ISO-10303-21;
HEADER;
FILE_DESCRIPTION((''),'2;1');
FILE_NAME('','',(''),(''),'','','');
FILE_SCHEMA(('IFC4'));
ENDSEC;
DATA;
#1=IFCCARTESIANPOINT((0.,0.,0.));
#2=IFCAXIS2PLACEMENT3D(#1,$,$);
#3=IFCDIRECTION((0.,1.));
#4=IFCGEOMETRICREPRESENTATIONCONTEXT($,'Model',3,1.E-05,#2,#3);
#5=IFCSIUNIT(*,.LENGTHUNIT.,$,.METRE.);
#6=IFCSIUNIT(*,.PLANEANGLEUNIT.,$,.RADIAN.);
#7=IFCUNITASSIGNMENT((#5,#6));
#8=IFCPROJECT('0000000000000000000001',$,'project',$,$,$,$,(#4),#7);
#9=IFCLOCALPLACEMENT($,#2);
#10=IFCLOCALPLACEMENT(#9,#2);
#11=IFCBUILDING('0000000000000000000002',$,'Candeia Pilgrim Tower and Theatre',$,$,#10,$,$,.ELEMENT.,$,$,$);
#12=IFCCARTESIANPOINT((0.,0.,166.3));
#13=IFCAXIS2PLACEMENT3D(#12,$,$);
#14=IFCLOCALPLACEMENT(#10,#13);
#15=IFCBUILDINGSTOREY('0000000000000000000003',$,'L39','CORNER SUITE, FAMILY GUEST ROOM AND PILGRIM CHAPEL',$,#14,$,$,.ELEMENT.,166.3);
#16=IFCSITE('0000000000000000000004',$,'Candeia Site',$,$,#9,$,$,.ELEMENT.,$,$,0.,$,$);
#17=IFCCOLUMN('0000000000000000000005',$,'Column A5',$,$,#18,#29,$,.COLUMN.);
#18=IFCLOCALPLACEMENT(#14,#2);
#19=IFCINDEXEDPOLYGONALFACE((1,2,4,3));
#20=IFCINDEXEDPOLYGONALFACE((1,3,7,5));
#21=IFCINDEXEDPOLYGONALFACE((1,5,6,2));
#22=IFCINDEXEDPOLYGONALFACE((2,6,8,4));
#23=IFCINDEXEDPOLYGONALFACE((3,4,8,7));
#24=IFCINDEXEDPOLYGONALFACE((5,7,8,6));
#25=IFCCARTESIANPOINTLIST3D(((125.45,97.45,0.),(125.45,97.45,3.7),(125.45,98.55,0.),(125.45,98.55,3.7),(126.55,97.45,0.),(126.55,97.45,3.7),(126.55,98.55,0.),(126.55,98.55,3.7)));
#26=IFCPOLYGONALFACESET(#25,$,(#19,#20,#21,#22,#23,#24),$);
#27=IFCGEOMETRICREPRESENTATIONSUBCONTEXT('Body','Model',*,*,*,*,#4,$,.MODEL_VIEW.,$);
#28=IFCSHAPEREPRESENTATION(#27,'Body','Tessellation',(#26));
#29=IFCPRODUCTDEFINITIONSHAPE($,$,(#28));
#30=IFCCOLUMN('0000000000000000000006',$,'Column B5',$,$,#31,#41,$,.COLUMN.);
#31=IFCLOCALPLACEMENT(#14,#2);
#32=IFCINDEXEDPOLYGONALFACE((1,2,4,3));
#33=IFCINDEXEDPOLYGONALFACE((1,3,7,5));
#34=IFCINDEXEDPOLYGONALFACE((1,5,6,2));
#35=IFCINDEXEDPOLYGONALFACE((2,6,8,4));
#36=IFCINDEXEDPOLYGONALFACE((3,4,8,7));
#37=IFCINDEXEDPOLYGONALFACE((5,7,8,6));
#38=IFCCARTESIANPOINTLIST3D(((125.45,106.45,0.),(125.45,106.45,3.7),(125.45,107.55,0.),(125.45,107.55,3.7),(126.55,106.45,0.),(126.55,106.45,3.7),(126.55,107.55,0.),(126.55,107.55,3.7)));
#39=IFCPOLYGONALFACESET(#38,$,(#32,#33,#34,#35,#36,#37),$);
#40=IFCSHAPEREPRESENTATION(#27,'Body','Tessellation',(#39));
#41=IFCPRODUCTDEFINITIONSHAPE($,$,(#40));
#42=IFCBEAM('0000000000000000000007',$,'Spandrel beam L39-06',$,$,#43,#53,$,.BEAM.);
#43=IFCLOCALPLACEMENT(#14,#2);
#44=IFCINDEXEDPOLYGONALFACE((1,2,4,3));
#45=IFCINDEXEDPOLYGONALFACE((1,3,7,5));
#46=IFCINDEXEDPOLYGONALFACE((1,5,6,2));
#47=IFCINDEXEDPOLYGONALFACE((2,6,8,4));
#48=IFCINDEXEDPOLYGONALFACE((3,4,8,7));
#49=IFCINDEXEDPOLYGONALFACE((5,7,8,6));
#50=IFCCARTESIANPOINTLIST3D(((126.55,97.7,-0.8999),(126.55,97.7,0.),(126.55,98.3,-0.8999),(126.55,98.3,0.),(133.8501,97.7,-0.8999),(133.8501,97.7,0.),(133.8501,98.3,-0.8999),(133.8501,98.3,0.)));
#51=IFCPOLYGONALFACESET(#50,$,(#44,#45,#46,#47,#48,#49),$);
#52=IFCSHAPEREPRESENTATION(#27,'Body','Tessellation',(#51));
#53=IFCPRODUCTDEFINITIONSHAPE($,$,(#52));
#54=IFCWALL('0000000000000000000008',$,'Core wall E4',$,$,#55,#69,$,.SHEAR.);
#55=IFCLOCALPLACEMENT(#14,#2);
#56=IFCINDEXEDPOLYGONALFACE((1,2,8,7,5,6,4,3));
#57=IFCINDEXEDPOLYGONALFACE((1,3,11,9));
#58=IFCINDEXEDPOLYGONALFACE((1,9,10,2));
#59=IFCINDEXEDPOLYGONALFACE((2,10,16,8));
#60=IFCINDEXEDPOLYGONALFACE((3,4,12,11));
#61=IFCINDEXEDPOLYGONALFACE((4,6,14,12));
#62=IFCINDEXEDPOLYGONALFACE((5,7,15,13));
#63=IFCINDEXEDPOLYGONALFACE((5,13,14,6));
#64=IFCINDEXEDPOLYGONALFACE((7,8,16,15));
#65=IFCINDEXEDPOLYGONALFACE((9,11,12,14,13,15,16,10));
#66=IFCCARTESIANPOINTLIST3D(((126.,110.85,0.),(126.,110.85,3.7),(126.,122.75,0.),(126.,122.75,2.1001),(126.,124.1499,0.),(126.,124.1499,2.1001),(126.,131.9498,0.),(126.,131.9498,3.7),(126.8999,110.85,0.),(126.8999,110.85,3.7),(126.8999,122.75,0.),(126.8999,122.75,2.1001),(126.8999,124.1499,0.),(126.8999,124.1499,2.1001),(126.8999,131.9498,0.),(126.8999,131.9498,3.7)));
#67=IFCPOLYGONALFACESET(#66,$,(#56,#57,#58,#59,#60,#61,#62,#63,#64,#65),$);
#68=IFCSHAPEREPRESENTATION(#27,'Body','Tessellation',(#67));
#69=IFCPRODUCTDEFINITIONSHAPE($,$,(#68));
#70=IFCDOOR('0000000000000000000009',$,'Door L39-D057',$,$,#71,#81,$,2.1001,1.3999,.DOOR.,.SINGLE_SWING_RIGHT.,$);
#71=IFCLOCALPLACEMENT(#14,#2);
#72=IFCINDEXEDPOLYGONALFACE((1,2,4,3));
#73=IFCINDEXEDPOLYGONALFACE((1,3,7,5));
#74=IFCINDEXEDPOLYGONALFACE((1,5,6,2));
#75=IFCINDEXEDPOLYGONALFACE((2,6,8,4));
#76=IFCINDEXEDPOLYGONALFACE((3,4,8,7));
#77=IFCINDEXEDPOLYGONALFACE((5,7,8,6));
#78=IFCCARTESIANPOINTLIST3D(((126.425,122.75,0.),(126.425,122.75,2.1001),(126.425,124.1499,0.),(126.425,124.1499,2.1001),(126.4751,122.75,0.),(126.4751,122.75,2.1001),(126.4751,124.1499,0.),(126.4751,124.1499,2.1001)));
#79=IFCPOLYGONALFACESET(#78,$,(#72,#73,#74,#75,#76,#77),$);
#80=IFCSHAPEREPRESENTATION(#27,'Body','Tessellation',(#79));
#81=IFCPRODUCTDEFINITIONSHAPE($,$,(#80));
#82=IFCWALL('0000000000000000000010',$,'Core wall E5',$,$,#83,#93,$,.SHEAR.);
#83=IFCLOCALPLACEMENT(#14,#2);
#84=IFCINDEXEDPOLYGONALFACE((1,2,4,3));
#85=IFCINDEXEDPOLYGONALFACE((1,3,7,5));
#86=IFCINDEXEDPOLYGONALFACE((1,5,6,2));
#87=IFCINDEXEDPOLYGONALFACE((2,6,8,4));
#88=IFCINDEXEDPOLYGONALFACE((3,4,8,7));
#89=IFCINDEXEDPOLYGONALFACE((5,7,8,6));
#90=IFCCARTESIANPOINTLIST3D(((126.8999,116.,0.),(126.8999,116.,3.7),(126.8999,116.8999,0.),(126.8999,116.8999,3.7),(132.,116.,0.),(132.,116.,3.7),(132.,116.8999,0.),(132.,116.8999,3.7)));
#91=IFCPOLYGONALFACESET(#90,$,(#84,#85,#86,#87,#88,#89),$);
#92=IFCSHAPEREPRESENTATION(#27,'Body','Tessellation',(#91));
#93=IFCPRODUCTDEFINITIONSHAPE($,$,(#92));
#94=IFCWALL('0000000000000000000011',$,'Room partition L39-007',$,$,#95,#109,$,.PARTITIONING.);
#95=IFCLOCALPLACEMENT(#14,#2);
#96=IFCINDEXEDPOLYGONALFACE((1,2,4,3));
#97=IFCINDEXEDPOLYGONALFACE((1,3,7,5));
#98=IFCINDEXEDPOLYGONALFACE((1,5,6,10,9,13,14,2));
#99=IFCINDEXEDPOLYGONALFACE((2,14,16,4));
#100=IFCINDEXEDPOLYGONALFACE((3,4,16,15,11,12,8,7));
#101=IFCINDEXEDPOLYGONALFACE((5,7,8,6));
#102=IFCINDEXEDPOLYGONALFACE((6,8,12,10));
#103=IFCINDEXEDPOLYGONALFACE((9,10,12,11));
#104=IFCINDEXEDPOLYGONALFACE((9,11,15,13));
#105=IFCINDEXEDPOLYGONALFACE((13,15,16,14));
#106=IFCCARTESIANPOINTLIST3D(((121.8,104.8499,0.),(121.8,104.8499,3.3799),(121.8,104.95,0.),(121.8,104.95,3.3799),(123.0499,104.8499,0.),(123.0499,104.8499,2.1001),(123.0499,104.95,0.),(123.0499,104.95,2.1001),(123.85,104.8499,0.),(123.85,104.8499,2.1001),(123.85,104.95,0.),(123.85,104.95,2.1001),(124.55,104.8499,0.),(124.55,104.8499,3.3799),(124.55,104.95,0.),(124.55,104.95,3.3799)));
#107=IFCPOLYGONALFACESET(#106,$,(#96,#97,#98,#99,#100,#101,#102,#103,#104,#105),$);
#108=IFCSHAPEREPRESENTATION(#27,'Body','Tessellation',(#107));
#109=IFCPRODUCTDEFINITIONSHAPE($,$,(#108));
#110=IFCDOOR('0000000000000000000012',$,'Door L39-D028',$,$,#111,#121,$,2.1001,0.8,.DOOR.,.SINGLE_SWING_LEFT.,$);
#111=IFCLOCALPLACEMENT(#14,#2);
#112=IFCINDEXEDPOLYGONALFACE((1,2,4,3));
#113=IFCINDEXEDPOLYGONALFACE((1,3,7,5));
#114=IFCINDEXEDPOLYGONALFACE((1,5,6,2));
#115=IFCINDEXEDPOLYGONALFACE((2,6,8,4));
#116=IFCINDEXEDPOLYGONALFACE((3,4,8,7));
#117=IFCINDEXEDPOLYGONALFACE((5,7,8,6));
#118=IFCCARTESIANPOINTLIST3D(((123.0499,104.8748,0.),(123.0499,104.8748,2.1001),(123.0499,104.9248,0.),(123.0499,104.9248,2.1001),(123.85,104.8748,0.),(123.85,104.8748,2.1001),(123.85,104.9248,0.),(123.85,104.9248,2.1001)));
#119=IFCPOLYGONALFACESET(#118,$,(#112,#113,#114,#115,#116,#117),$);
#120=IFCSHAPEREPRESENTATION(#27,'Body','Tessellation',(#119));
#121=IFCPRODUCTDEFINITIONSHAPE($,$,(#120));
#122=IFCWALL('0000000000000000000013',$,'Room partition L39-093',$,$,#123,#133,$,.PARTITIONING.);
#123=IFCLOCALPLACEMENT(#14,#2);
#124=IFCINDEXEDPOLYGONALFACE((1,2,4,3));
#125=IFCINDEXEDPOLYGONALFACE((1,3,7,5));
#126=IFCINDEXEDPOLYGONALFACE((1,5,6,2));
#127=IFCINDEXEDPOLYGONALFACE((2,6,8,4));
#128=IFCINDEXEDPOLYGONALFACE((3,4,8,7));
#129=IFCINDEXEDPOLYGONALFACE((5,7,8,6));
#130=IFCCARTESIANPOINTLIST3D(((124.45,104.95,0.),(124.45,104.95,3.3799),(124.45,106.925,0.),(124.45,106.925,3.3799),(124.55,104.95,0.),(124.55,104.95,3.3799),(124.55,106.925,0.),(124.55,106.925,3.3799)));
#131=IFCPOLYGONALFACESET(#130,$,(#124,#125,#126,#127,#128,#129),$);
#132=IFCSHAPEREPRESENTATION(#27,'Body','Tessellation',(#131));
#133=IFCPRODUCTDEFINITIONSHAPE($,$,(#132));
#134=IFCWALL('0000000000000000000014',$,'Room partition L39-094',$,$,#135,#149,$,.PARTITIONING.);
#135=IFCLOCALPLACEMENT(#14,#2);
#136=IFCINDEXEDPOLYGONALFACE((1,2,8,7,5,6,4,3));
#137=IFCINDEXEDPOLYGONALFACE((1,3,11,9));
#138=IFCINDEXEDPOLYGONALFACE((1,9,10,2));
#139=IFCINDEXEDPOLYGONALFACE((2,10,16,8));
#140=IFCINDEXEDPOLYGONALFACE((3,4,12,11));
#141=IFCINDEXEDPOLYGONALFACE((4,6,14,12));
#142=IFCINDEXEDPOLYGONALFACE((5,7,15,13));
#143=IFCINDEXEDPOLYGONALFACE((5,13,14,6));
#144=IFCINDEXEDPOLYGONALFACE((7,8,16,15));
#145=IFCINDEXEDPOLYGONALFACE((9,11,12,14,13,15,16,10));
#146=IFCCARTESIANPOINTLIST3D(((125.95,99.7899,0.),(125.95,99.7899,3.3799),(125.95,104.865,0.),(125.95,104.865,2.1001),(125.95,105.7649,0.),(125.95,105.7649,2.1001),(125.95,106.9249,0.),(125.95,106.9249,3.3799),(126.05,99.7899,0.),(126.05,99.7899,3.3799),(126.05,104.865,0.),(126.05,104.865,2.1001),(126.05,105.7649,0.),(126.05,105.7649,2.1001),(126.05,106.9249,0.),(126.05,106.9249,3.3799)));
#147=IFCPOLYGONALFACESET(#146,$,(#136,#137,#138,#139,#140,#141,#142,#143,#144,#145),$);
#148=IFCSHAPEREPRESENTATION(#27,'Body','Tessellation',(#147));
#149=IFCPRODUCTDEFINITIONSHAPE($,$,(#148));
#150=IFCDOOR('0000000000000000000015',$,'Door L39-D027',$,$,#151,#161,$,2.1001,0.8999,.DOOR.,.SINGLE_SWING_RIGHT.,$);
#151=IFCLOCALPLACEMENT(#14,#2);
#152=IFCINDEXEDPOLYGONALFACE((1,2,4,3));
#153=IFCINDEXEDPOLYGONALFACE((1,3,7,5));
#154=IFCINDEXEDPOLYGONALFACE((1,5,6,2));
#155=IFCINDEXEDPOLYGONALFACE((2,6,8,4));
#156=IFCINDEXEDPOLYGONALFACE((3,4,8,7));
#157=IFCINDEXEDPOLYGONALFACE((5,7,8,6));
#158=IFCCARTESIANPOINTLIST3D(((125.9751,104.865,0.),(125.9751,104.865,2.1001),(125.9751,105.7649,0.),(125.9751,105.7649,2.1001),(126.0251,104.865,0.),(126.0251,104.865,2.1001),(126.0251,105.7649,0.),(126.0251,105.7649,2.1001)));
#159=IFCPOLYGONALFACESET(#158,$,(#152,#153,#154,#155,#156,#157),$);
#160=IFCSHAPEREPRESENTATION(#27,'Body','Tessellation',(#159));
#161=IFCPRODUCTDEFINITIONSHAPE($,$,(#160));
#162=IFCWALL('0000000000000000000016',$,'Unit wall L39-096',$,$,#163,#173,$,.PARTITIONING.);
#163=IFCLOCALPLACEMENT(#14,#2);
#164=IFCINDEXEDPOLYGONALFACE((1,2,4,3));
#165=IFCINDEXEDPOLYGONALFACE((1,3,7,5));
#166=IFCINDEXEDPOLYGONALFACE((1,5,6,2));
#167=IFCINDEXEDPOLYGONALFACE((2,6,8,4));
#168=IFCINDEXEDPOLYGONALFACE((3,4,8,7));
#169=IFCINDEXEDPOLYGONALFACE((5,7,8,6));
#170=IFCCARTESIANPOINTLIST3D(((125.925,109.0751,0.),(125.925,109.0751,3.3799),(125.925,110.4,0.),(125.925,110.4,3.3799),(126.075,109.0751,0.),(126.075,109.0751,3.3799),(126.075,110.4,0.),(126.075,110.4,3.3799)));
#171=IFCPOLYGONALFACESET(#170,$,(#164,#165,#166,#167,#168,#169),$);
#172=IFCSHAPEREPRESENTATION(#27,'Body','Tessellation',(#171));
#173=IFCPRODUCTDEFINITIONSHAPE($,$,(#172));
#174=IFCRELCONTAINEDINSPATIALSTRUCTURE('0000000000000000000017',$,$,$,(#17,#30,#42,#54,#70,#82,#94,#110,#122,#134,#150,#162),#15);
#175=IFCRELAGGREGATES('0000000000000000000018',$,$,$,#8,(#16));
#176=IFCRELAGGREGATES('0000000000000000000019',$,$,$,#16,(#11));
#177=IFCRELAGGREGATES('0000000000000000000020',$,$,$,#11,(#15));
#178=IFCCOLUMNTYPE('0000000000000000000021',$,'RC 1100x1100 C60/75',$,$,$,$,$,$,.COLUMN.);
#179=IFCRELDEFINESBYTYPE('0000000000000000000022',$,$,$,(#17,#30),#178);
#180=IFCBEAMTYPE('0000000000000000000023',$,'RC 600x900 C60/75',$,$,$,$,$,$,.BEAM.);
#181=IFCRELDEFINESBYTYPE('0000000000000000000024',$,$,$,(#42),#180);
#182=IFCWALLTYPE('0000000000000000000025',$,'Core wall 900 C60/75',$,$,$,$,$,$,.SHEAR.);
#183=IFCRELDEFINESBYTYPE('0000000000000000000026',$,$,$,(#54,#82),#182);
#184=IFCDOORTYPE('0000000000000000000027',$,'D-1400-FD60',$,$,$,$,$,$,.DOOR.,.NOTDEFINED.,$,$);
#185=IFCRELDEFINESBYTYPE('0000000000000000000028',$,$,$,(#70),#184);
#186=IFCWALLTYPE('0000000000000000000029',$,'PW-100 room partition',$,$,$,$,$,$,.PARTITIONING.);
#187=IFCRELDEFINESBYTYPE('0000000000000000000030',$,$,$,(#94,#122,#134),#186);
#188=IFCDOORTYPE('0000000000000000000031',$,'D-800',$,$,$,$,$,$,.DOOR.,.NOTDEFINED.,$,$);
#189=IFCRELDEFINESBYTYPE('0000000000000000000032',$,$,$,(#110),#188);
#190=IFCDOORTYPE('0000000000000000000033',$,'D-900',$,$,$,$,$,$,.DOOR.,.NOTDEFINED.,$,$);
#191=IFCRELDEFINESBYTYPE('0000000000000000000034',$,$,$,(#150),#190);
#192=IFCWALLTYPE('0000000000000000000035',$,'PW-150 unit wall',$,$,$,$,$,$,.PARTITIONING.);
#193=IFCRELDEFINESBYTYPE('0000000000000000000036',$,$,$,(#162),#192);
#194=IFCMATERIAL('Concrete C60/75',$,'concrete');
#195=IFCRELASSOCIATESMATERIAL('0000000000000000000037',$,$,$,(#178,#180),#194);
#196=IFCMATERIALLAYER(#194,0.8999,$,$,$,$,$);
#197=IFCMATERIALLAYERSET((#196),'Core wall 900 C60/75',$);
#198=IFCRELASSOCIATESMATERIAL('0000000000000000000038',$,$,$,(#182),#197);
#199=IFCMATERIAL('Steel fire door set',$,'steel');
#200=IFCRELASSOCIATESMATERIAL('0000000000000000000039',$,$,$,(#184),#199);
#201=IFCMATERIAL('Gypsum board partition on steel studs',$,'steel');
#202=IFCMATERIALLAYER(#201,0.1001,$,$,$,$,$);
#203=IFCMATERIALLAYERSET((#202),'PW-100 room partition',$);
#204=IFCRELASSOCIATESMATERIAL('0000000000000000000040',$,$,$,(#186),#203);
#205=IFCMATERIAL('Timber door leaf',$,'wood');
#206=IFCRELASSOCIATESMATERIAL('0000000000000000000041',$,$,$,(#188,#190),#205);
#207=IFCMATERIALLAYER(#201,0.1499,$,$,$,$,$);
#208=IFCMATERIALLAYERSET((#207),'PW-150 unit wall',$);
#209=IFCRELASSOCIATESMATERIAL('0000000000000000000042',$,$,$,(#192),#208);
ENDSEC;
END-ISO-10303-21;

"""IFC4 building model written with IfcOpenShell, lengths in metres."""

from ifc_helpers import new_model, si_unit, direction, frame, frame_2d, origin, origin_2d, place, context, subcontext, project, spatial, rectangle, extrude, material, layer, layer_set, material_profile, profile_set, type_object, element, fill, save


model = new_model("IFC4")

# Units and contexts
model_context = context("Model", 3, precision=1e-05, world=origin(), true_north=direction((0.0, 1.0)))
body_context = subcontext(model_context, "Body", "Model", "MODEL_VIEW")
ifc_project = project(units=[si_unit("LENGTHUNIT", "METRE"), si_unit("PLANEANGLEUNIT", "RADIAN")], contexts=[model_context])

# Site, building, storey
site_placement = place(None, origin())
site = spatial("IfcSite", under=ifc_project, at=site_placement, Name="Candeia Site", CompositionType="ELEMENT", RefElevation=0.0)
building_placement = place(site_placement, origin())
building = spatial("IfcBuilding", under=site, at=building_placement, Name="Candeia Pilgrim Tower and Theatre", CompositionType="ELEMENT")
storey_placement = place(building_placement, frame((0.0, 0.0, 166.3)))
storey = spatial("IfcBuildingStorey", under=building, at=storey_placement, Name="L39", Description="CORNER SUITE, FAMILY GUEST ROOM AND PILGRIM CHAPEL", CompositionType="ELEMENT", Elevation=166.3)

# Columns
ifc_material_1 = material(Name="Concrete C60/75", Category="concrete")
ifc_material_profile_1 = material_profile(ifc_material_1, rectangle(XDim=1.1001, YDim=1.1001, at=origin_2d()))
ifc_profile_set_1 = profile_set([ifc_material_profile_1], Name="Concrete C60/75")
column_type = type_object("IfcColumnType", Name="RC 1100x1100 C60/75", PredefinedType="COLUMN", material=ifc_profile_set_1)
for number, where, z_axis, x_axis, name in (
    (1, (126.0, 98.0, 0.0), (0.0, 0.0, 1.0), (1.0, 0.0, 0.0), "Column A5"),
    (2, (126.0, 107.0, 0.0), (0.0, 0.0, 1.0), (1.0, 0.0, 0.0), "Column B5"),
):
    element("IfcColumn", number, at=place(storey_placement, frame(where, z_axis=z_axis, x_axis=x_axis)), inside=storey, type_object=column_type, Name=name, PredefinedType="COLUMN", context=body_context, shape_type="SweptSolid", body=[
        extrude(rectangle(XDim=1.1001, YDim=1.1001, at=origin_2d()), origin(), (0.0, 0.0, 1.0), 3.7),
    ])

# Beam
ifc_material_profile_2 = material_profile(ifc_material_1, rectangle(XDim=0.6001, YDim=0.8999, at=origin_2d()))
ifc_profile_set_2 = profile_set([ifc_material_profile_2], Name="Concrete C60/75")
beam_type = type_object("IfcBeamType", Name="RC 600x900 C60/75", PredefinedType="BEAM", material=ifc_profile_set_2)
beam_placement = place(storey_placement, frame((126.55, 98.0, -0.45), z_axis=(1.0, 0.0, 0.0), x_axis=(0.0, 1.0, 0.0)))
element("IfcBeam", 3, at=beam_placement, inside=storey, type_object=beam_type, Name="Spandrel beam L39-06", PredefinedType="BEAM", context=body_context, shape_type="SweptSolid", body=[
    extrude(rectangle(XDim=0.6001, YDim=0.8999, at=origin_2d()), origin(), (0.0, 0.0, 1.0), 7.3),
])

# Wall, opening, door
ifc_layer_1 = layer(ifc_material_1, 0.8999)
ifc_layer_set_1 = layer_set([ifc_layer_1], Name="Core wall 900 C60/75")
wall_type_1 = type_object("IfcWallType", Name="Core wall 900 C60/75", PredefinedType="SHEAR", material=ifc_layer_set_1)
wall_1_placement = place(storey_placement, frame((126.45, 110.8501, 0.0), z_axis=(0.0, 0.0, 1.0), x_axis=(0.0, 1.0, 0.0)))
wall_1 = element("IfcWall", 4, at=wall_1_placement, inside=storey, type_object=wall_type_1, Name="Core wall E4", PredefinedType="SHEAR", context=body_context, shape_type="SweptSolid", body=[
    extrude(rectangle(XDim=21.0999, YDim=0.8999, at=frame_2d((10.5498, 0.0))), origin(), (0.0, 0.0, 1.0), 3.7),
])
opening_1_placement = place(wall_1_placement, frame((11.8999, 0.0, 0.0)))
opening_1 = element("IfcOpeningElement", 5, at=opening_1_placement, cuts=wall_1, PredefinedType="OPENING", context=body_context, shape_type="SweptSolid", body=[
    extrude(rectangle(XDim=1.3999, YDim=2.1001, at=frame_2d((0.7, 1.05))), frame((0.0, 0.46, 0.0), z_axis=(0.0, -1.0, 0.0), x_axis=(1.0, 0.0, 0.0)), (0.0, 0.0, 1.0), 0.9199),
])
ifc_material_2 = material(Name="Steel fire door set", Category="steel")
door_type_1 = type_object("IfcDoorType", Name="D-1400-FD60", OperationType="NOTDEFINED", PredefinedType="DOOR", material=ifc_material_2)
door_1_placement = place(opening_1_placement, origin())
door_1 = element("IfcDoor", 6, at=door_1_placement, inside=storey, type_object=door_type_1, Name="Door L39-D057", OperationType="SINGLE_SWING_RIGHT", OverallHeight=2.1001, OverallWidth=1.3999, PredefinedType="DOOR", context=body_context, shape_type="SweptSolid", body=[
    extrude(rectangle(XDim=1.3999, YDim=2.1001, at=frame_2d((0.7, 1.05))), frame((0.0, 0.0249, 0.0), z_axis=(0.0, -1.0, 0.0), x_axis=(1.0, 0.0, 0.0)), (0.0, 0.0, 1.0), 0.05),
])
fill(opening_1, door_1)

# Wall
wall_2_placement = place(storey_placement, frame((126.8999, 116.45, 0.0), z_axis=(0.0, 0.0, 1.0), x_axis=(1.0, 0.0, 0.0)))
element("IfcWall", 7, at=wall_2_placement, inside=storey, type_object=wall_type_1, Name="Core wall E5", PredefinedType="SHEAR", context=body_context, shape_type="SweptSolid", body=[
    extrude(rectangle(XDim=5.1001, YDim=0.8999, at=frame_2d((2.55, 0.0))), origin(), (0.0, 0.0, 1.0), 3.7),
])

# Wall, opening, door
ifc_material_3 = material(Name="Gypsum board partition on steel studs", Category="steel")
ifc_layer_2 = layer(ifc_material_3, 0.1001)
ifc_layer_set_2 = layer_set([ifc_layer_2], Name="PW-100 room partition")
wall_type_2 = type_object("IfcWallType", Name="PW-100 room partition", PredefinedType="PARTITIONING", material=ifc_layer_set_2)
wall_3_placement = place(storey_placement, frame((121.8, 104.8999, 0.0), z_axis=(0.0, 0.0, 1.0), x_axis=(1.0, 0.0, 0.0)))
wall_3 = element("IfcWall", 8, at=wall_3_placement, inside=storey, type_object=wall_type_2, Name="Room partition L39-007", PredefinedType="PARTITIONING", context=body_context, shape_type="SweptSolid", body=[
    extrude(rectangle(XDim=2.75, YDim=0.1001, at=frame_2d((1.375, 0.0))), origin(), (0.0, 0.0, 1.0), 3.3799),
])
opening_2_placement = place(wall_3_placement, frame((1.25, 0.0, 0.0)))
opening_2 = element("IfcOpeningElement", 9, at=opening_2_placement, cuts=wall_3, PredefinedType="OPENING", context=body_context, shape_type="SweptSolid", body=[
    extrude(rectangle(XDim=0.8, YDim=2.1001, at=frame_2d((0.3999, 1.05))), frame((0.0, 0.0601, 0.0), z_axis=(0.0, -1.0, 0.0), x_axis=(1.0, 0.0, 0.0)), (0.0, 0.0, 1.0), 0.1201),
])
ifc_material_4 = material(Name="Timber door leaf", Category="wood")
door_type_2 = type_object("IfcDoorType", Name="D-800", OperationType="NOTDEFINED", PredefinedType="DOOR", material=ifc_material_4)
door_2_placement = place(opening_2_placement, origin())
door_2 = element("IfcDoor", 10, at=door_2_placement, inside=storey, type_object=door_type_2, Name="Door L39-D028", OperationType="SINGLE_SWING_LEFT", OverallHeight=2.1001, OverallWidth=0.8, PredefinedType="DOOR", context=body_context, shape_type="SweptSolid", body=[
    extrude(rectangle(XDim=0.8, YDim=2.1001, at=frame_2d((0.3999, 1.05))), frame((0.0, 0.0249, 0.0), z_axis=(0.0, -1.0, 0.0), x_axis=(1.0, 0.0, 0.0)), (0.0, 0.0, 1.0), 0.05),
])
fill(opening_2, door_2)

# Wall
wall_4_placement = place(storey_placement, frame((124.5, 104.95, 0.0), z_axis=(0.0, 0.0, 1.0), x_axis=(0.0, 1.0, 0.0)))
element("IfcWall", 11, at=wall_4_placement, inside=storey, type_object=wall_type_2, Name="Room partition L39-093", PredefinedType="PARTITIONING", context=body_context, shape_type="SweptSolid", body=[
    extrude(rectangle(XDim=1.9751, YDim=0.1001, at=frame_2d((0.9875, 0.0))), origin(), (0.0, 0.0, 1.0), 3.3799),
])

# Wall, opening, door
wall_5_placement = place(storey_placement, frame((126.0, 99.79, 0.0), z_axis=(0.0, 0.0, 1.0), x_axis=(0.0, 1.0, 0.0)))
wall_5 = element("IfcWall", 12, at=wall_5_placement, inside=storey, type_object=wall_type_2, Name="Room partition L39-094", PredefinedType="PARTITIONING", context=body_context, shape_type="SweptSolid", body=[
    extrude(rectangle(XDim=7.135, YDim=0.1001, at=frame_2d((3.5674, 0.0))), origin(), (0.0, 0.0, 1.0), 3.3799),
])
opening_3_placement = place(wall_5_placement, frame((5.075, 0.0, 0.0)))
opening_3 = element("IfcOpeningElement", 13, at=opening_3_placement, cuts=wall_5, PredefinedType="OPENING", context=body_context, shape_type="SweptSolid", body=[
    extrude(rectangle(XDim=0.8999, YDim=2.1001, at=frame_2d((0.45, 1.05))), frame((0.0, 0.0601, 0.0), z_axis=(0.0, -1.0, 0.0), x_axis=(1.0, 0.0, 0.0)), (0.0, 0.0, 1.0), 0.1201),
])
door_type_3 = type_object("IfcDoorType", Name="D-900", OperationType="NOTDEFINED", PredefinedType="DOOR", material=ifc_material_4)
door_3_placement = place(opening_3_placement, origin())
door_3 = element("IfcDoor", 14, at=door_3_placement, inside=storey, type_object=door_type_3, Name="Door L39-D027", OperationType="SINGLE_SWING_RIGHT", OverallHeight=2.1001, OverallWidth=0.8999, PredefinedType="DOOR", context=body_context, shape_type="SweptSolid", body=[
    extrude(rectangle(XDim=0.8999, YDim=2.1001, at=frame_2d((0.45, 1.05))), frame((0.0, 0.0249, 0.0), z_axis=(0.0, -1.0, 0.0), x_axis=(1.0, 0.0, 0.0)), (0.0, 0.0, 1.0), 0.05),
])
fill(opening_3, door_3)

# Wall
ifc_layer_3 = layer(ifc_material_3, 0.1499)
ifc_layer_set_3 = layer_set([ifc_layer_3], Name="PW-150 unit wall")
wall_type_3 = type_object("IfcWallType", Name="PW-150 unit wall", PredefinedType="PARTITIONING", material=ifc_layer_set_3)
wall_6_placement = place(storey_placement, frame((126.0, 109.075, 0.0), z_axis=(0.0, 0.0, 1.0), x_axis=(0.0, 1.0, 0.0)))
element("IfcWall", 15, at=wall_6_placement, inside=storey, type_object=wall_type_3, Name="Unit wall L39-096", PredefinedType="PARTITIONING", context=body_context, shape_type="SweptSolid", body=[
    extrude(rectangle(XDim=1.325, YDim=0.1499, at=frame_2d((0.6626, 0.0))), origin(), (0.0, 0.0, 1.0), 3.3799),
])

save(model, "model.ifc")
